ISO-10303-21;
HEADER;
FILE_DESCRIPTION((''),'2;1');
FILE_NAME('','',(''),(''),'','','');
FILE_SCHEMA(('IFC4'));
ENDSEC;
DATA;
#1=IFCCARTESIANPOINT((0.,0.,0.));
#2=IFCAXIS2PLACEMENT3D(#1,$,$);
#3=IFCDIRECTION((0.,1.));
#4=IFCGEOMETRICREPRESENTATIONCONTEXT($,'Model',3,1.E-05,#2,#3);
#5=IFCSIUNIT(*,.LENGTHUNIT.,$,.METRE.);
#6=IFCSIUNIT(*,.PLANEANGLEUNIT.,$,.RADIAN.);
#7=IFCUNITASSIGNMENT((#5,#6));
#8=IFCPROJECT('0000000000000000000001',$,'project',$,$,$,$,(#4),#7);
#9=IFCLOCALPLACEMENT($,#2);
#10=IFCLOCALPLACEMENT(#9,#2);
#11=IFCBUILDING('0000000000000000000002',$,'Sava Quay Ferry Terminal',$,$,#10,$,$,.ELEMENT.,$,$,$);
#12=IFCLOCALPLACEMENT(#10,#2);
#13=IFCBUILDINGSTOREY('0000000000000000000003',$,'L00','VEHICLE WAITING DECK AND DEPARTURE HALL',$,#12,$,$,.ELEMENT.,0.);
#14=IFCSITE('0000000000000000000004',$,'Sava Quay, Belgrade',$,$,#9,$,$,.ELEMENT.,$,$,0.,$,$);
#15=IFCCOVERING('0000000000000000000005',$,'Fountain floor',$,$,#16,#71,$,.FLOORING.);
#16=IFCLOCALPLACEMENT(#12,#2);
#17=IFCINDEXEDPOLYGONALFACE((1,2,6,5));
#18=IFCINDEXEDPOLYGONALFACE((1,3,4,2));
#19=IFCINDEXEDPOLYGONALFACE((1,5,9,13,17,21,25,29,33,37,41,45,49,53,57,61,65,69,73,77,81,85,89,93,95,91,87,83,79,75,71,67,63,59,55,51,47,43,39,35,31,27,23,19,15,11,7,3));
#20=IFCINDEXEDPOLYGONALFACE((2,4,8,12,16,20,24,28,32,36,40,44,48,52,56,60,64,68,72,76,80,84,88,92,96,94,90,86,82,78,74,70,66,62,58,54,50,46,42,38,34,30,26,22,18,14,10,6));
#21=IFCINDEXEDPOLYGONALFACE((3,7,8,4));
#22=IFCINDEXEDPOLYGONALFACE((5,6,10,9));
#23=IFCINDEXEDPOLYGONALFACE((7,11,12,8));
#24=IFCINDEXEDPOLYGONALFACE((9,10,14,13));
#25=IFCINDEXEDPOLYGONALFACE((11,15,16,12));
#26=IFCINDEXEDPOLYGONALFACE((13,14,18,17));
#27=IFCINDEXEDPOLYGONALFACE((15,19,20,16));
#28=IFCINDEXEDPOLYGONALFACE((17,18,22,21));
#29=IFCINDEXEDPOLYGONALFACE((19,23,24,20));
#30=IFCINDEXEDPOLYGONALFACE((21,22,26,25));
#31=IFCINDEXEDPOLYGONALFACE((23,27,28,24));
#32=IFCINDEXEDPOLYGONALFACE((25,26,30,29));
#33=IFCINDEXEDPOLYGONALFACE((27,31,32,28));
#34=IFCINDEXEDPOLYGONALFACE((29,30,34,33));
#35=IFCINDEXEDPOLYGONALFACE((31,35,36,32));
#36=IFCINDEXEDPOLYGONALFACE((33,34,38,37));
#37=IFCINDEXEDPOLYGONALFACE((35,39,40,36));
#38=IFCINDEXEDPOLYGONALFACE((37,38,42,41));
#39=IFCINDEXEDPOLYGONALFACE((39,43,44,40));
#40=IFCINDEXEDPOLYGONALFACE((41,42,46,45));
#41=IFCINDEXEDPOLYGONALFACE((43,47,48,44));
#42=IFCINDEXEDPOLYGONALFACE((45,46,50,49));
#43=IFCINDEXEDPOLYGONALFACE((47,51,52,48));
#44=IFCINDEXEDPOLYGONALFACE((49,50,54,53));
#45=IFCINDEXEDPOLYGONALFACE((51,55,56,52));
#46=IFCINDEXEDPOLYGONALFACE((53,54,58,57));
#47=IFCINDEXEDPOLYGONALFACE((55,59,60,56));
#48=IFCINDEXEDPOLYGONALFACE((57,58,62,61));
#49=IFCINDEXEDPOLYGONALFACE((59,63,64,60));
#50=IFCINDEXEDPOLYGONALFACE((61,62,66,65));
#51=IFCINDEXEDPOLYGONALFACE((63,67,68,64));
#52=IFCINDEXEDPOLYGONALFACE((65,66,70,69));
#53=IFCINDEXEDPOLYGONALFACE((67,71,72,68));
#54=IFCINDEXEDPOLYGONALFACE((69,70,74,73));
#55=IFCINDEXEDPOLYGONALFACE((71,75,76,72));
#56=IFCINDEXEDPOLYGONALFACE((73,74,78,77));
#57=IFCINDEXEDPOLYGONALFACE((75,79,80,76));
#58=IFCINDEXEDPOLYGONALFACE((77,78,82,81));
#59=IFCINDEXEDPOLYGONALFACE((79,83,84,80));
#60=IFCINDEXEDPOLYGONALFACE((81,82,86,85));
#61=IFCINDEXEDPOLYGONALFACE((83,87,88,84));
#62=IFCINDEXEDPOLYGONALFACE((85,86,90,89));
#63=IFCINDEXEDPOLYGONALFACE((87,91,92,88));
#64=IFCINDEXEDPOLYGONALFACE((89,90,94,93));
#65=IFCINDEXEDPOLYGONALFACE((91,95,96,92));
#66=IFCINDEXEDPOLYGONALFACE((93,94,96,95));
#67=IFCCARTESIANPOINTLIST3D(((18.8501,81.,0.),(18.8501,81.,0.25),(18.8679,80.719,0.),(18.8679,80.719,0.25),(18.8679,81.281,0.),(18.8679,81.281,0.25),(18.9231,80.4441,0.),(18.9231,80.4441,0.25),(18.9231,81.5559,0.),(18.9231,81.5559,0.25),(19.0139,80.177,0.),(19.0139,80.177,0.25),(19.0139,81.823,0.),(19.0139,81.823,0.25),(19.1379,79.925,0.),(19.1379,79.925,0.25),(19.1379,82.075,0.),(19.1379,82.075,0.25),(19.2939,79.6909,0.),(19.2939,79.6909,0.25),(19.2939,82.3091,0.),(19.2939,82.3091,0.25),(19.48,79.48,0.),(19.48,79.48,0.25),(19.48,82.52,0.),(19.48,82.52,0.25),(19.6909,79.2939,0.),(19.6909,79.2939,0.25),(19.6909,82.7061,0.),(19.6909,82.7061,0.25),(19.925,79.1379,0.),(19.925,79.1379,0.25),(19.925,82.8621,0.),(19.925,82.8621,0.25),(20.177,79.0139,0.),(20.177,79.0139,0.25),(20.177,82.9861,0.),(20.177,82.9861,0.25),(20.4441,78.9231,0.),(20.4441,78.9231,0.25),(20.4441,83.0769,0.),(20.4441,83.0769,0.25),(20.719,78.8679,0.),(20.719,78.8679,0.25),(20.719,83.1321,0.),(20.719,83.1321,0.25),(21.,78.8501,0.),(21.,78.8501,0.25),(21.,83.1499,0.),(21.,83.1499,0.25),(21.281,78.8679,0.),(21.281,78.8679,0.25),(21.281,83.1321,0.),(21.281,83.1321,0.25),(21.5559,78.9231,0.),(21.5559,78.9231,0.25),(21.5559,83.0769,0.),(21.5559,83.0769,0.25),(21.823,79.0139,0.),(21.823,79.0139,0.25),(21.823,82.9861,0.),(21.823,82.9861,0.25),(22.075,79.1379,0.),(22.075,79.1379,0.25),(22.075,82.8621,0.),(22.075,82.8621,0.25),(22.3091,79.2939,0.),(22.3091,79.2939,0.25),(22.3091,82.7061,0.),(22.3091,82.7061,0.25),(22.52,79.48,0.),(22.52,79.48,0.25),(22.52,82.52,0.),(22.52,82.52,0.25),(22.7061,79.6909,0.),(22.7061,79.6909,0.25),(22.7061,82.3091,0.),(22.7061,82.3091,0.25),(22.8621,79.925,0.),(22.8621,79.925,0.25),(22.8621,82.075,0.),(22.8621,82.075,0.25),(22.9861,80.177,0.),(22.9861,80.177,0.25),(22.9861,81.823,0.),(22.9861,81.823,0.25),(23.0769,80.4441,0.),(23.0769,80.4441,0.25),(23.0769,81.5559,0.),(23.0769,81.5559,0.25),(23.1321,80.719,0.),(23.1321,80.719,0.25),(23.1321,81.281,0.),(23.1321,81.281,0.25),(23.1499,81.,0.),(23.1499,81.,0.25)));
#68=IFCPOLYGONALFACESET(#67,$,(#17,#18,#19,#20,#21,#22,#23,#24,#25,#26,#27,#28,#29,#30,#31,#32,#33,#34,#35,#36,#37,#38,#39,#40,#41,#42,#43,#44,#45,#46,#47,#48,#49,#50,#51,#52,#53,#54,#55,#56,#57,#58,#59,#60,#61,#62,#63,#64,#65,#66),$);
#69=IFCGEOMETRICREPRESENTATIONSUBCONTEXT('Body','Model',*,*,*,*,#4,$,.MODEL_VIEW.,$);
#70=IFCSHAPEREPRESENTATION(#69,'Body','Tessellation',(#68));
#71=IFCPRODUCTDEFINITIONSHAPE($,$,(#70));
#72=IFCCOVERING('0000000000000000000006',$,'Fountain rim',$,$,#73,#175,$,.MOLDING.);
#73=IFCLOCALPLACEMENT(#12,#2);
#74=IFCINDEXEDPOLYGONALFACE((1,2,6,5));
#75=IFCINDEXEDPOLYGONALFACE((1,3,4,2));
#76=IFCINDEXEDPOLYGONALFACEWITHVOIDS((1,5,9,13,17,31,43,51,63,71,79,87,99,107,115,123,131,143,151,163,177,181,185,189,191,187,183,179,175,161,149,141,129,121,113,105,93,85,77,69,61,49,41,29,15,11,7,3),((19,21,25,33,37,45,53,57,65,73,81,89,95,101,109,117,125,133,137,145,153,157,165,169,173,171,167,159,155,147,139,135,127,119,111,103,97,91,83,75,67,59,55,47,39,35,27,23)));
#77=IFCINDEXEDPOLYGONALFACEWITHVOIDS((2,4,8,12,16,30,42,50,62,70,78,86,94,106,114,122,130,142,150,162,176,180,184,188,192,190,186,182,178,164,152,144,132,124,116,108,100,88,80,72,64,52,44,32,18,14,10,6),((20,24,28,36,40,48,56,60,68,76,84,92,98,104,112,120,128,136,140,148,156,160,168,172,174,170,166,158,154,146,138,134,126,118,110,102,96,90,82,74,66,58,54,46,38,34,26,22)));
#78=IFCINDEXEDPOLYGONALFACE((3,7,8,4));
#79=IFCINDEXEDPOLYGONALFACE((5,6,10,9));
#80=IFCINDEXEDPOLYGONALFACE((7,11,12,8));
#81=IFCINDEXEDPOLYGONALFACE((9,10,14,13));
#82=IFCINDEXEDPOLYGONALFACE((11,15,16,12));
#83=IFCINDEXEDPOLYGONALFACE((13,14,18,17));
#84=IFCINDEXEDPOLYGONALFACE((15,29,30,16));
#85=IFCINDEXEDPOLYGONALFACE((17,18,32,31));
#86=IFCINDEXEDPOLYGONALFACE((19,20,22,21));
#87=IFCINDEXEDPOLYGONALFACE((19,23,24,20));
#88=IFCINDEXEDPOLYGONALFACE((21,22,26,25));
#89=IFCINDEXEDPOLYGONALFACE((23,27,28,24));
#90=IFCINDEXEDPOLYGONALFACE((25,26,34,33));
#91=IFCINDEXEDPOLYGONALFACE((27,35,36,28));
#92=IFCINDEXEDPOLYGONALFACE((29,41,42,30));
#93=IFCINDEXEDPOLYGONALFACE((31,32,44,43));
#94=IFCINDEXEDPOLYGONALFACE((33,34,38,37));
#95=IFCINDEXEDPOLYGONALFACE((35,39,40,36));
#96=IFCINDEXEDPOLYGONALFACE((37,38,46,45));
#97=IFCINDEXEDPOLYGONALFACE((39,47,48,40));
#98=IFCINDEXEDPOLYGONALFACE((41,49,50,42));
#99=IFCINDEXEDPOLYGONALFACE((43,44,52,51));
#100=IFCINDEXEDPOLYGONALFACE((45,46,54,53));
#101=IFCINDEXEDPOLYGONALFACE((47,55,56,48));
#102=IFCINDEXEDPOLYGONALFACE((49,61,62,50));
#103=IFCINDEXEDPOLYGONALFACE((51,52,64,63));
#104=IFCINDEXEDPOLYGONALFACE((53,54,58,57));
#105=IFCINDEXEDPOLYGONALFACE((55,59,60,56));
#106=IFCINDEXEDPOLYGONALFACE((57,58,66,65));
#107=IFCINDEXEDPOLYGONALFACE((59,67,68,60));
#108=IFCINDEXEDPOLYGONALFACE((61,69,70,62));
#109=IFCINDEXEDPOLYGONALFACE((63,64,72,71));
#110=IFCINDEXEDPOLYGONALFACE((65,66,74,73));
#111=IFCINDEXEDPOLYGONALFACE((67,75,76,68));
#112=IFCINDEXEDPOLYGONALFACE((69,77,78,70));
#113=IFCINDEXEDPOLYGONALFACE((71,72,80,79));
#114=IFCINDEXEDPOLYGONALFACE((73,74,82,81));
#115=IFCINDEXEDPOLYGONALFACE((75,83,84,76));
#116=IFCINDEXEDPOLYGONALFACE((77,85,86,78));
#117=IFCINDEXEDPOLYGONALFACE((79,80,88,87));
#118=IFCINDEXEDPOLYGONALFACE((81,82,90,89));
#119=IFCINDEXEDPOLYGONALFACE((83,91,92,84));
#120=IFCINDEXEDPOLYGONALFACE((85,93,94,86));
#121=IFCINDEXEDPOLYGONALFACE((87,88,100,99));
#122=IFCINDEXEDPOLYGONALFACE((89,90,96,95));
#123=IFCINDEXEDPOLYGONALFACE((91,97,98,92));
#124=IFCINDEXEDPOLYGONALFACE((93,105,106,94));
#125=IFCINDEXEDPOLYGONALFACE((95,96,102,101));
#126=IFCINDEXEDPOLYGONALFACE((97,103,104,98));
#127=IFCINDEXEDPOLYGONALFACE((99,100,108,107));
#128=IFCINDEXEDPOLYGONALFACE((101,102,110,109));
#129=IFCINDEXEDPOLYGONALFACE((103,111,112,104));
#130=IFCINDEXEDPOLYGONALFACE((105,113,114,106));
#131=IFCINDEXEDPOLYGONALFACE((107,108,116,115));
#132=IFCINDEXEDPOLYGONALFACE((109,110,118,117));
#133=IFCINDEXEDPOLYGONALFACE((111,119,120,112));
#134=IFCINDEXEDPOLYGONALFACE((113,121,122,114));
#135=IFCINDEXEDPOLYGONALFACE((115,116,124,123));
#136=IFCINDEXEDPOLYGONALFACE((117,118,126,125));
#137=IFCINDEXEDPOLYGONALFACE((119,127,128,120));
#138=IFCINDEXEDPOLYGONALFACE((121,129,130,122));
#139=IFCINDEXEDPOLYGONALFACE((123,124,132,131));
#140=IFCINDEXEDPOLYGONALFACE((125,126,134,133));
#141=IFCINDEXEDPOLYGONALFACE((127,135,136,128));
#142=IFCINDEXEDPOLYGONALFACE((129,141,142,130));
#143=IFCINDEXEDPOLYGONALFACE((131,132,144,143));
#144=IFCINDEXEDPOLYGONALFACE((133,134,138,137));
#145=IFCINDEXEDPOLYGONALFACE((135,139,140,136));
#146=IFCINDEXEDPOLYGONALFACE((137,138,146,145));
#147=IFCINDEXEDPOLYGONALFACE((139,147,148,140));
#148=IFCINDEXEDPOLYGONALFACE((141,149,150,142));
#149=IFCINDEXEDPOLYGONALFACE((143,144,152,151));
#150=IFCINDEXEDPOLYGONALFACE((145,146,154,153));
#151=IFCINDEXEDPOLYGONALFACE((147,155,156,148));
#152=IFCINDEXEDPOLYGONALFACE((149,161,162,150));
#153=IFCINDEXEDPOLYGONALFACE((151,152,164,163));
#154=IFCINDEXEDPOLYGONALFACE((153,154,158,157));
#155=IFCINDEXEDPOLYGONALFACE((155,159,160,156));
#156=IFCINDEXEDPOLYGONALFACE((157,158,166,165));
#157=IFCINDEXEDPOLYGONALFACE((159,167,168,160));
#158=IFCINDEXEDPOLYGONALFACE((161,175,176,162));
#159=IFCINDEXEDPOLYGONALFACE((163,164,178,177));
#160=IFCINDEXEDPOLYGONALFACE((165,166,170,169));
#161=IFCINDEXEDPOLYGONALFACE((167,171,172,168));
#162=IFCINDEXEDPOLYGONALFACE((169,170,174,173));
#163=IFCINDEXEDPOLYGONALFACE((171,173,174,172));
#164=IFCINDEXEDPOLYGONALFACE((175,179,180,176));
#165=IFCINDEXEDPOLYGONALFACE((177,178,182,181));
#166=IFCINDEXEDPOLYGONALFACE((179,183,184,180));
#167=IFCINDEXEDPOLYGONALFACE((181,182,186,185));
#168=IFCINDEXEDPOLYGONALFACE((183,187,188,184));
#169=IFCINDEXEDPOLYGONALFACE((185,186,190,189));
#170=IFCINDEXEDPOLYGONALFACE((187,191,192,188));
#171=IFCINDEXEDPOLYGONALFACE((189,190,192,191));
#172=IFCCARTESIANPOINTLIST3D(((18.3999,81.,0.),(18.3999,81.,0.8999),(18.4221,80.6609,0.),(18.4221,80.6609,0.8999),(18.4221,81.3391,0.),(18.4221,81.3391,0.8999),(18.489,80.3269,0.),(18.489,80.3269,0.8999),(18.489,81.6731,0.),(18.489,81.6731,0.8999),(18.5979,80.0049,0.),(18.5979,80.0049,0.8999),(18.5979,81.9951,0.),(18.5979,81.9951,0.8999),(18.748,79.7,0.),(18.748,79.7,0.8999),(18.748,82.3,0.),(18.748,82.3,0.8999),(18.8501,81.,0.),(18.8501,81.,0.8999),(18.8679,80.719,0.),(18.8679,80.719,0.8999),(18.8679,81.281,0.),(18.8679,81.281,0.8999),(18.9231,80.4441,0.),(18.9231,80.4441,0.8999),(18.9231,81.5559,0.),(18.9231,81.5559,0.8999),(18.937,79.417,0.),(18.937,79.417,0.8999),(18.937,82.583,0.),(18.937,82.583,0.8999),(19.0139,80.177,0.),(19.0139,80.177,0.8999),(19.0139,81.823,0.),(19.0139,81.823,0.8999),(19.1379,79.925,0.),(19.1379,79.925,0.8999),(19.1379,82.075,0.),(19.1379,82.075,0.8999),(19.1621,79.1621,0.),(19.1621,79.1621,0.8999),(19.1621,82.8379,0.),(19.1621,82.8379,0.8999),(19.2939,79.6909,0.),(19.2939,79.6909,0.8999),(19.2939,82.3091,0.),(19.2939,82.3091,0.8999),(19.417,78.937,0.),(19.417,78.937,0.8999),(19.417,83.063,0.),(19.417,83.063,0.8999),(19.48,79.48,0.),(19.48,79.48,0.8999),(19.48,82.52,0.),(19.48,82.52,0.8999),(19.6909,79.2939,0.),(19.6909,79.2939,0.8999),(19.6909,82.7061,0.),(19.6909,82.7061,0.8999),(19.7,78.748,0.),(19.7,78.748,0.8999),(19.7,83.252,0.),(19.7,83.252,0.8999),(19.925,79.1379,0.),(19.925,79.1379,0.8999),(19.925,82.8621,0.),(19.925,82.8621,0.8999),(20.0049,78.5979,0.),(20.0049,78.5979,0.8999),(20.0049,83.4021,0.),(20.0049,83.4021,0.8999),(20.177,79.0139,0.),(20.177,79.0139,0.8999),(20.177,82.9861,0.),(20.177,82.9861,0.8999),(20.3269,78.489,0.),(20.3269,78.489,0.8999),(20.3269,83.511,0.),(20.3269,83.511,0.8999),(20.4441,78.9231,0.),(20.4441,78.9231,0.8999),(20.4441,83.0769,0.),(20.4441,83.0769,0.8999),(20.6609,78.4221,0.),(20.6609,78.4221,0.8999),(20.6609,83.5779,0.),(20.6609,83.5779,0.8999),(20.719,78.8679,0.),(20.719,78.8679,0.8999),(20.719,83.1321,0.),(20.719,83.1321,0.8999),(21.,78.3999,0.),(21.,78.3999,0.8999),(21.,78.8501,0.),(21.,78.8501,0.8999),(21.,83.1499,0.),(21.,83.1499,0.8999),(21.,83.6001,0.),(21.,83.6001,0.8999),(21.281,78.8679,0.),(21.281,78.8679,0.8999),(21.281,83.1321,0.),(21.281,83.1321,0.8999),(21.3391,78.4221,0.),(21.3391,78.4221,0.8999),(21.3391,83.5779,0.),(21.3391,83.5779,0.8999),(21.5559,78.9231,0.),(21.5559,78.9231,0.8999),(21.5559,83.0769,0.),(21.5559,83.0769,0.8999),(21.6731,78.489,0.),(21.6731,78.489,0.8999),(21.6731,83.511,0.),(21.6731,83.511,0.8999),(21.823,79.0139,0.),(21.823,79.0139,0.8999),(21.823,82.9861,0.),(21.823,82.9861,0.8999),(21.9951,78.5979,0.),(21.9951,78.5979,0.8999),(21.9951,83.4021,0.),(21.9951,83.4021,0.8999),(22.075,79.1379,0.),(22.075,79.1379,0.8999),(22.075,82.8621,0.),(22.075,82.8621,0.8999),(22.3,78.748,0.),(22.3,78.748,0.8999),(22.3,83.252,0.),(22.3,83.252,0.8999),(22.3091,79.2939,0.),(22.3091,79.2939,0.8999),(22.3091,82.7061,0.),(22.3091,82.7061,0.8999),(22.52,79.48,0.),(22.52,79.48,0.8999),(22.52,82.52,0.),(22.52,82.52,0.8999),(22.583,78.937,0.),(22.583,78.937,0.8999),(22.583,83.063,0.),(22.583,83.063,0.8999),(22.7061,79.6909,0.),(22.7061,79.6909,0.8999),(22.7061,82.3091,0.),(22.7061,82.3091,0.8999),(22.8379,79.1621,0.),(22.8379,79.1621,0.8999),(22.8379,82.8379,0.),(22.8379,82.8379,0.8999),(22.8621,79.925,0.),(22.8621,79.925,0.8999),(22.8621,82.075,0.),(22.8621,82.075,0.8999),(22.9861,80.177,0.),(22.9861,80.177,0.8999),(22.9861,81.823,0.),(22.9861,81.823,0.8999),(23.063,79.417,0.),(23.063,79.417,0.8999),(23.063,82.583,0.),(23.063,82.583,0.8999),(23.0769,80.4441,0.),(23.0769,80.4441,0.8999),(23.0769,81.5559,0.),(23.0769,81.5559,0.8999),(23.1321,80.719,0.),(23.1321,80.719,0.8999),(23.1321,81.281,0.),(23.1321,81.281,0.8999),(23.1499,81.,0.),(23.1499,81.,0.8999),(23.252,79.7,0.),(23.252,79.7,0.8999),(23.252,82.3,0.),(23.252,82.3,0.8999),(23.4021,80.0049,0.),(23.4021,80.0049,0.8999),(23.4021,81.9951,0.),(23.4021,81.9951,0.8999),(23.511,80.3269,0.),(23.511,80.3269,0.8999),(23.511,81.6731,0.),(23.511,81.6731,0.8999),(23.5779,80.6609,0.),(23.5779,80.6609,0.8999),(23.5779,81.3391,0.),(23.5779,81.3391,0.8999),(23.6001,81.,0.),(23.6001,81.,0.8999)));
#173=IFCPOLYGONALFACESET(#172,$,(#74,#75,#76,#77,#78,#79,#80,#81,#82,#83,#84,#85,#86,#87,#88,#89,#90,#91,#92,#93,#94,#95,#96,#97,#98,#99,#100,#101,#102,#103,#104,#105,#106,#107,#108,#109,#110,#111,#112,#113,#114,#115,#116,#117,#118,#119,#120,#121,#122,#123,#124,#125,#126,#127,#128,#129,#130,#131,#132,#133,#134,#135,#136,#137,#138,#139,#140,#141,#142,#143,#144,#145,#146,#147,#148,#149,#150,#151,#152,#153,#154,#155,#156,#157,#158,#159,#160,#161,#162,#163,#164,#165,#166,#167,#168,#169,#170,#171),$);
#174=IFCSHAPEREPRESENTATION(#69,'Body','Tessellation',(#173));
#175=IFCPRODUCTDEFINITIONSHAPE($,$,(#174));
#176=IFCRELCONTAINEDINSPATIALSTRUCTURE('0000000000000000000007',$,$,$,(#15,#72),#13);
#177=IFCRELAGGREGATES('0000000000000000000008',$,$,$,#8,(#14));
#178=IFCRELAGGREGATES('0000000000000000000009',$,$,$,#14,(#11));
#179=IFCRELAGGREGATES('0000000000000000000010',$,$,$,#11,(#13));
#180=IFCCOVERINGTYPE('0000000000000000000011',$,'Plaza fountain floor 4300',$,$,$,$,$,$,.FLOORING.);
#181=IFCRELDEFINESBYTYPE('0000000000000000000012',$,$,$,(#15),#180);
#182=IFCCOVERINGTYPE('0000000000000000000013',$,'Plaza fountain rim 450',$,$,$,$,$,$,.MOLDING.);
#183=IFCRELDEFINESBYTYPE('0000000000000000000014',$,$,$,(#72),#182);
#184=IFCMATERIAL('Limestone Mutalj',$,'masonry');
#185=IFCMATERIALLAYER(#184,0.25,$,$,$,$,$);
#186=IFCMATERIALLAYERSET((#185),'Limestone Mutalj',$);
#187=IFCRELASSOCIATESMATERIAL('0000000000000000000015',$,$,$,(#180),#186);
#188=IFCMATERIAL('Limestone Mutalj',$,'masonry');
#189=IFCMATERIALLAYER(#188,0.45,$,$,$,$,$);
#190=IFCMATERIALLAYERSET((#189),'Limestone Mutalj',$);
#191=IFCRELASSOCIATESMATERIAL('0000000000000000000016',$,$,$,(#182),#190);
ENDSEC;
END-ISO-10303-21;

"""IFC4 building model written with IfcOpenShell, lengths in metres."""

from ifc_helpers import new_model, si_unit, direction, origin, place, context, subcontext, project, spatial, polyline, outline, extrude, material, layer, layer_set, type_object, element, save


model = new_model("IFC4")

# Units and contexts
model_context = context("Model", 3, precision=1e-05, world=origin(), true_north=direction((0.0, 1.0)))
body_context = subcontext(model_context, "Body", "Model", "MODEL_VIEW")
ifc_project = project(units=[si_unit("LENGTHUNIT", "METRE"), si_unit("PLANEANGLEUNIT", "RADIAN")], contexts=[model_context])

# Site, building, storey
site_placement = place(None, origin())
site = spatial("IfcSite", under=ifc_project, at=site_placement, Name="Sava Quay, Belgrade", CompositionType="ELEMENT", RefElevation=0.0)
building_placement = place(site_placement, origin())
building = spatial("IfcBuilding", under=site, at=building_placement, Name="Sava Quay Ferry Terminal", CompositionType="ELEMENT")
storey_placement = place(building_placement, origin())
storey = spatial("IfcBuildingStorey", under=building, at=storey_placement, Name="L00", Description="VEHICLE WAITING DECK AND DEPARTURE HALL", CompositionType="ELEMENT", Elevation=0.0)

# Coverings
ifc_material_1 = material(Name="Limestone Mutalj", Category="masonry")
ifc_layer_1 = layer(ifc_material_1, 0.25)
ifc_layer_set_1 = layer_set([ifc_layer_1], Name="Limestone Mutalj")
covering_type_1 = type_object("IfcCoveringType", Name="Plaza fountain floor 4300", PredefinedType="FLOORING", material=ifc_layer_set_1)
covering_1_placement = place(storey_placement, origin())
element("IfcCovering", 1, at=covering_1_placement, inside=storey, type_object=covering_type_1, Name="Fountain floor", PredefinedType="FLOORING", context=body_context, shape_type="SweptSolid", body=[
    extrude(outline(polyline([(23.1499, 81.0), (23.1321, 81.281), (23.0769, 81.5559), (22.9861, 81.823), (22.8621, 82.075), (22.7061, 82.3091), (22.52, 82.52), (22.3091, 82.7061), (22.075, 82.8621), (21.823, 82.9861), (21.5559, 83.0769), (21.281, 83.1321), (21.0, 83.1499), (20.719, 83.1321), (20.4441, 83.0769), (20.177, 82.9861), (19.925, 82.8621), (19.6909, 82.7061), (19.48, 82.52), (19.2939, 82.3091), (19.1379, 82.075), (19.0139, 81.823), (18.9231, 81.5559), (18.8679, 81.281), (18.8501, 81.0), (18.8679, 80.719), (18.9231, 80.4441), (19.0139, 80.177), (19.1379, 79.925), (19.2939, 79.6909), (19.48, 79.48), (19.6909, 79.2939), (19.925, 79.1379), (20.177, 79.0139), (20.4441, 78.9231), (20.719, 78.8679), (21.0, 78.8501), (21.281, 78.8679), (21.5559, 78.9231), (21.823, 79.0139), (22.075, 79.1379), (22.3091, 79.2939), (22.52, 79.48), (22.7061, 79.6909), (22.8621, 79.925), (22.9861, 80.177), (23.0769, 80.4441), (23.1321, 80.719), (23.1499, 81.0)])), origin(), (0.0, 0.0, 1.0), 0.25),
])
ifc_material_2 = material(Name="Limestone Mutalj", Category="masonry")
ifc_layer_2 = layer(ifc_material_2, 0.45)
ifc_layer_set_2 = layer_set([ifc_layer_2], Name="Limestone Mutalj")
covering_type_2 = type_object("IfcCoveringType", Name="Plaza fountain rim 450", PredefinedType="MOLDING", material=ifc_layer_set_2)
covering_2_placement = place(storey_placement, origin())
element("IfcCovering", 2, at=covering_2_placement, inside=storey, type_object=covering_type_2, Name="Fountain rim", PredefinedType="MOLDING", context=body_context, shape_type="SweptSolid", body=[
    extrude(outline(polyline([(23.5779, 80.6609), (23.6001, 81.0), (23.5779, 81.3391), (23.511, 81.6731), (23.4021, 81.9951), (23.252, 82.3), (23.063, 82.583), (22.8379, 82.8379), (22.583, 83.063), (22.3, 83.252), (21.9951, 83.4021), (21.6731, 83.511), (21.3391, 83.5779), (21.0, 83.6001), (20.6609, 83.5779), (20.3269, 83.511), (20.0049, 83.4021), (19.7, 83.252), (19.417, 83.063), (19.1621, 82.8379), (18.937, 82.583), (18.748, 82.3), (18.5979, 81.9951), (18.489, 81.6731), (18.4221, 81.3391), (18.3999, 81.0), (18.4221, 80.6609), (18.489, 80.3269), (18.5979, 80.0049), (18.748, 79.7), (18.937, 79.417), (19.1621, 79.1621), (19.417, 78.937), (19.7, 78.748), (20.0049, 78.5979), (20.3269, 78.489), (20.6609, 78.4221), (21.0, 78.3999), (21.3391, 78.4221), (21.6731, 78.489), (21.9951, 78.5979), (22.3, 78.748), (22.583, 78.937), (22.8379, 79.1621), (23.063, 79.417), (23.252, 79.7), (23.4021, 80.0049), (23.511, 80.3269), (23.5779, 80.6609)]), holes=[polyline([(23.1321, 81.281), (23.1499, 81.0), (23.1321, 80.719), (23.0769, 80.4441), (22.9861, 80.177), (22.8621, 79.925), (22.7061, 79.6909), (22.52, 79.48), (22.3091, 79.2939), (22.075, 79.1379), (21.823, 79.0139), (21.5559, 78.9231), (21.281, 78.8679), (21.0, 78.8501), (20.719, 78.8679), (20.4441, 78.9231), (20.177, 79.0139), (19.925, 79.1379), (19.6909, 79.2939), (19.48, 79.48), (19.2939, 79.6909), (19.1379, 79.925), (19.0139, 80.177), (18.9231, 80.4441), (18.8679, 80.719), (18.8501, 81.0), (18.8679, 81.281), (18.9231, 81.5559), (19.0139, 81.823), (19.1379, 82.075), (19.2939, 82.3091), (19.48, 82.52), (19.6909, 82.7061), (19.925, 82.8621), (20.177, 82.9861), (20.4441, 83.0769), (20.719, 83.1321), (21.0, 83.1499), (21.281, 83.1321), (21.5559, 83.0769), (21.823, 82.9861), (22.075, 82.8621), (22.3091, 82.7061), (22.52, 82.52), (22.7061, 82.3091), (22.8621, 82.075), (22.9861, 81.823), (23.0769, 81.5559), (23.1321, 81.281)])]), origin(), (0.0, 0.0, 1.0), 0.8999),
])

save(model, "model.ifc")
